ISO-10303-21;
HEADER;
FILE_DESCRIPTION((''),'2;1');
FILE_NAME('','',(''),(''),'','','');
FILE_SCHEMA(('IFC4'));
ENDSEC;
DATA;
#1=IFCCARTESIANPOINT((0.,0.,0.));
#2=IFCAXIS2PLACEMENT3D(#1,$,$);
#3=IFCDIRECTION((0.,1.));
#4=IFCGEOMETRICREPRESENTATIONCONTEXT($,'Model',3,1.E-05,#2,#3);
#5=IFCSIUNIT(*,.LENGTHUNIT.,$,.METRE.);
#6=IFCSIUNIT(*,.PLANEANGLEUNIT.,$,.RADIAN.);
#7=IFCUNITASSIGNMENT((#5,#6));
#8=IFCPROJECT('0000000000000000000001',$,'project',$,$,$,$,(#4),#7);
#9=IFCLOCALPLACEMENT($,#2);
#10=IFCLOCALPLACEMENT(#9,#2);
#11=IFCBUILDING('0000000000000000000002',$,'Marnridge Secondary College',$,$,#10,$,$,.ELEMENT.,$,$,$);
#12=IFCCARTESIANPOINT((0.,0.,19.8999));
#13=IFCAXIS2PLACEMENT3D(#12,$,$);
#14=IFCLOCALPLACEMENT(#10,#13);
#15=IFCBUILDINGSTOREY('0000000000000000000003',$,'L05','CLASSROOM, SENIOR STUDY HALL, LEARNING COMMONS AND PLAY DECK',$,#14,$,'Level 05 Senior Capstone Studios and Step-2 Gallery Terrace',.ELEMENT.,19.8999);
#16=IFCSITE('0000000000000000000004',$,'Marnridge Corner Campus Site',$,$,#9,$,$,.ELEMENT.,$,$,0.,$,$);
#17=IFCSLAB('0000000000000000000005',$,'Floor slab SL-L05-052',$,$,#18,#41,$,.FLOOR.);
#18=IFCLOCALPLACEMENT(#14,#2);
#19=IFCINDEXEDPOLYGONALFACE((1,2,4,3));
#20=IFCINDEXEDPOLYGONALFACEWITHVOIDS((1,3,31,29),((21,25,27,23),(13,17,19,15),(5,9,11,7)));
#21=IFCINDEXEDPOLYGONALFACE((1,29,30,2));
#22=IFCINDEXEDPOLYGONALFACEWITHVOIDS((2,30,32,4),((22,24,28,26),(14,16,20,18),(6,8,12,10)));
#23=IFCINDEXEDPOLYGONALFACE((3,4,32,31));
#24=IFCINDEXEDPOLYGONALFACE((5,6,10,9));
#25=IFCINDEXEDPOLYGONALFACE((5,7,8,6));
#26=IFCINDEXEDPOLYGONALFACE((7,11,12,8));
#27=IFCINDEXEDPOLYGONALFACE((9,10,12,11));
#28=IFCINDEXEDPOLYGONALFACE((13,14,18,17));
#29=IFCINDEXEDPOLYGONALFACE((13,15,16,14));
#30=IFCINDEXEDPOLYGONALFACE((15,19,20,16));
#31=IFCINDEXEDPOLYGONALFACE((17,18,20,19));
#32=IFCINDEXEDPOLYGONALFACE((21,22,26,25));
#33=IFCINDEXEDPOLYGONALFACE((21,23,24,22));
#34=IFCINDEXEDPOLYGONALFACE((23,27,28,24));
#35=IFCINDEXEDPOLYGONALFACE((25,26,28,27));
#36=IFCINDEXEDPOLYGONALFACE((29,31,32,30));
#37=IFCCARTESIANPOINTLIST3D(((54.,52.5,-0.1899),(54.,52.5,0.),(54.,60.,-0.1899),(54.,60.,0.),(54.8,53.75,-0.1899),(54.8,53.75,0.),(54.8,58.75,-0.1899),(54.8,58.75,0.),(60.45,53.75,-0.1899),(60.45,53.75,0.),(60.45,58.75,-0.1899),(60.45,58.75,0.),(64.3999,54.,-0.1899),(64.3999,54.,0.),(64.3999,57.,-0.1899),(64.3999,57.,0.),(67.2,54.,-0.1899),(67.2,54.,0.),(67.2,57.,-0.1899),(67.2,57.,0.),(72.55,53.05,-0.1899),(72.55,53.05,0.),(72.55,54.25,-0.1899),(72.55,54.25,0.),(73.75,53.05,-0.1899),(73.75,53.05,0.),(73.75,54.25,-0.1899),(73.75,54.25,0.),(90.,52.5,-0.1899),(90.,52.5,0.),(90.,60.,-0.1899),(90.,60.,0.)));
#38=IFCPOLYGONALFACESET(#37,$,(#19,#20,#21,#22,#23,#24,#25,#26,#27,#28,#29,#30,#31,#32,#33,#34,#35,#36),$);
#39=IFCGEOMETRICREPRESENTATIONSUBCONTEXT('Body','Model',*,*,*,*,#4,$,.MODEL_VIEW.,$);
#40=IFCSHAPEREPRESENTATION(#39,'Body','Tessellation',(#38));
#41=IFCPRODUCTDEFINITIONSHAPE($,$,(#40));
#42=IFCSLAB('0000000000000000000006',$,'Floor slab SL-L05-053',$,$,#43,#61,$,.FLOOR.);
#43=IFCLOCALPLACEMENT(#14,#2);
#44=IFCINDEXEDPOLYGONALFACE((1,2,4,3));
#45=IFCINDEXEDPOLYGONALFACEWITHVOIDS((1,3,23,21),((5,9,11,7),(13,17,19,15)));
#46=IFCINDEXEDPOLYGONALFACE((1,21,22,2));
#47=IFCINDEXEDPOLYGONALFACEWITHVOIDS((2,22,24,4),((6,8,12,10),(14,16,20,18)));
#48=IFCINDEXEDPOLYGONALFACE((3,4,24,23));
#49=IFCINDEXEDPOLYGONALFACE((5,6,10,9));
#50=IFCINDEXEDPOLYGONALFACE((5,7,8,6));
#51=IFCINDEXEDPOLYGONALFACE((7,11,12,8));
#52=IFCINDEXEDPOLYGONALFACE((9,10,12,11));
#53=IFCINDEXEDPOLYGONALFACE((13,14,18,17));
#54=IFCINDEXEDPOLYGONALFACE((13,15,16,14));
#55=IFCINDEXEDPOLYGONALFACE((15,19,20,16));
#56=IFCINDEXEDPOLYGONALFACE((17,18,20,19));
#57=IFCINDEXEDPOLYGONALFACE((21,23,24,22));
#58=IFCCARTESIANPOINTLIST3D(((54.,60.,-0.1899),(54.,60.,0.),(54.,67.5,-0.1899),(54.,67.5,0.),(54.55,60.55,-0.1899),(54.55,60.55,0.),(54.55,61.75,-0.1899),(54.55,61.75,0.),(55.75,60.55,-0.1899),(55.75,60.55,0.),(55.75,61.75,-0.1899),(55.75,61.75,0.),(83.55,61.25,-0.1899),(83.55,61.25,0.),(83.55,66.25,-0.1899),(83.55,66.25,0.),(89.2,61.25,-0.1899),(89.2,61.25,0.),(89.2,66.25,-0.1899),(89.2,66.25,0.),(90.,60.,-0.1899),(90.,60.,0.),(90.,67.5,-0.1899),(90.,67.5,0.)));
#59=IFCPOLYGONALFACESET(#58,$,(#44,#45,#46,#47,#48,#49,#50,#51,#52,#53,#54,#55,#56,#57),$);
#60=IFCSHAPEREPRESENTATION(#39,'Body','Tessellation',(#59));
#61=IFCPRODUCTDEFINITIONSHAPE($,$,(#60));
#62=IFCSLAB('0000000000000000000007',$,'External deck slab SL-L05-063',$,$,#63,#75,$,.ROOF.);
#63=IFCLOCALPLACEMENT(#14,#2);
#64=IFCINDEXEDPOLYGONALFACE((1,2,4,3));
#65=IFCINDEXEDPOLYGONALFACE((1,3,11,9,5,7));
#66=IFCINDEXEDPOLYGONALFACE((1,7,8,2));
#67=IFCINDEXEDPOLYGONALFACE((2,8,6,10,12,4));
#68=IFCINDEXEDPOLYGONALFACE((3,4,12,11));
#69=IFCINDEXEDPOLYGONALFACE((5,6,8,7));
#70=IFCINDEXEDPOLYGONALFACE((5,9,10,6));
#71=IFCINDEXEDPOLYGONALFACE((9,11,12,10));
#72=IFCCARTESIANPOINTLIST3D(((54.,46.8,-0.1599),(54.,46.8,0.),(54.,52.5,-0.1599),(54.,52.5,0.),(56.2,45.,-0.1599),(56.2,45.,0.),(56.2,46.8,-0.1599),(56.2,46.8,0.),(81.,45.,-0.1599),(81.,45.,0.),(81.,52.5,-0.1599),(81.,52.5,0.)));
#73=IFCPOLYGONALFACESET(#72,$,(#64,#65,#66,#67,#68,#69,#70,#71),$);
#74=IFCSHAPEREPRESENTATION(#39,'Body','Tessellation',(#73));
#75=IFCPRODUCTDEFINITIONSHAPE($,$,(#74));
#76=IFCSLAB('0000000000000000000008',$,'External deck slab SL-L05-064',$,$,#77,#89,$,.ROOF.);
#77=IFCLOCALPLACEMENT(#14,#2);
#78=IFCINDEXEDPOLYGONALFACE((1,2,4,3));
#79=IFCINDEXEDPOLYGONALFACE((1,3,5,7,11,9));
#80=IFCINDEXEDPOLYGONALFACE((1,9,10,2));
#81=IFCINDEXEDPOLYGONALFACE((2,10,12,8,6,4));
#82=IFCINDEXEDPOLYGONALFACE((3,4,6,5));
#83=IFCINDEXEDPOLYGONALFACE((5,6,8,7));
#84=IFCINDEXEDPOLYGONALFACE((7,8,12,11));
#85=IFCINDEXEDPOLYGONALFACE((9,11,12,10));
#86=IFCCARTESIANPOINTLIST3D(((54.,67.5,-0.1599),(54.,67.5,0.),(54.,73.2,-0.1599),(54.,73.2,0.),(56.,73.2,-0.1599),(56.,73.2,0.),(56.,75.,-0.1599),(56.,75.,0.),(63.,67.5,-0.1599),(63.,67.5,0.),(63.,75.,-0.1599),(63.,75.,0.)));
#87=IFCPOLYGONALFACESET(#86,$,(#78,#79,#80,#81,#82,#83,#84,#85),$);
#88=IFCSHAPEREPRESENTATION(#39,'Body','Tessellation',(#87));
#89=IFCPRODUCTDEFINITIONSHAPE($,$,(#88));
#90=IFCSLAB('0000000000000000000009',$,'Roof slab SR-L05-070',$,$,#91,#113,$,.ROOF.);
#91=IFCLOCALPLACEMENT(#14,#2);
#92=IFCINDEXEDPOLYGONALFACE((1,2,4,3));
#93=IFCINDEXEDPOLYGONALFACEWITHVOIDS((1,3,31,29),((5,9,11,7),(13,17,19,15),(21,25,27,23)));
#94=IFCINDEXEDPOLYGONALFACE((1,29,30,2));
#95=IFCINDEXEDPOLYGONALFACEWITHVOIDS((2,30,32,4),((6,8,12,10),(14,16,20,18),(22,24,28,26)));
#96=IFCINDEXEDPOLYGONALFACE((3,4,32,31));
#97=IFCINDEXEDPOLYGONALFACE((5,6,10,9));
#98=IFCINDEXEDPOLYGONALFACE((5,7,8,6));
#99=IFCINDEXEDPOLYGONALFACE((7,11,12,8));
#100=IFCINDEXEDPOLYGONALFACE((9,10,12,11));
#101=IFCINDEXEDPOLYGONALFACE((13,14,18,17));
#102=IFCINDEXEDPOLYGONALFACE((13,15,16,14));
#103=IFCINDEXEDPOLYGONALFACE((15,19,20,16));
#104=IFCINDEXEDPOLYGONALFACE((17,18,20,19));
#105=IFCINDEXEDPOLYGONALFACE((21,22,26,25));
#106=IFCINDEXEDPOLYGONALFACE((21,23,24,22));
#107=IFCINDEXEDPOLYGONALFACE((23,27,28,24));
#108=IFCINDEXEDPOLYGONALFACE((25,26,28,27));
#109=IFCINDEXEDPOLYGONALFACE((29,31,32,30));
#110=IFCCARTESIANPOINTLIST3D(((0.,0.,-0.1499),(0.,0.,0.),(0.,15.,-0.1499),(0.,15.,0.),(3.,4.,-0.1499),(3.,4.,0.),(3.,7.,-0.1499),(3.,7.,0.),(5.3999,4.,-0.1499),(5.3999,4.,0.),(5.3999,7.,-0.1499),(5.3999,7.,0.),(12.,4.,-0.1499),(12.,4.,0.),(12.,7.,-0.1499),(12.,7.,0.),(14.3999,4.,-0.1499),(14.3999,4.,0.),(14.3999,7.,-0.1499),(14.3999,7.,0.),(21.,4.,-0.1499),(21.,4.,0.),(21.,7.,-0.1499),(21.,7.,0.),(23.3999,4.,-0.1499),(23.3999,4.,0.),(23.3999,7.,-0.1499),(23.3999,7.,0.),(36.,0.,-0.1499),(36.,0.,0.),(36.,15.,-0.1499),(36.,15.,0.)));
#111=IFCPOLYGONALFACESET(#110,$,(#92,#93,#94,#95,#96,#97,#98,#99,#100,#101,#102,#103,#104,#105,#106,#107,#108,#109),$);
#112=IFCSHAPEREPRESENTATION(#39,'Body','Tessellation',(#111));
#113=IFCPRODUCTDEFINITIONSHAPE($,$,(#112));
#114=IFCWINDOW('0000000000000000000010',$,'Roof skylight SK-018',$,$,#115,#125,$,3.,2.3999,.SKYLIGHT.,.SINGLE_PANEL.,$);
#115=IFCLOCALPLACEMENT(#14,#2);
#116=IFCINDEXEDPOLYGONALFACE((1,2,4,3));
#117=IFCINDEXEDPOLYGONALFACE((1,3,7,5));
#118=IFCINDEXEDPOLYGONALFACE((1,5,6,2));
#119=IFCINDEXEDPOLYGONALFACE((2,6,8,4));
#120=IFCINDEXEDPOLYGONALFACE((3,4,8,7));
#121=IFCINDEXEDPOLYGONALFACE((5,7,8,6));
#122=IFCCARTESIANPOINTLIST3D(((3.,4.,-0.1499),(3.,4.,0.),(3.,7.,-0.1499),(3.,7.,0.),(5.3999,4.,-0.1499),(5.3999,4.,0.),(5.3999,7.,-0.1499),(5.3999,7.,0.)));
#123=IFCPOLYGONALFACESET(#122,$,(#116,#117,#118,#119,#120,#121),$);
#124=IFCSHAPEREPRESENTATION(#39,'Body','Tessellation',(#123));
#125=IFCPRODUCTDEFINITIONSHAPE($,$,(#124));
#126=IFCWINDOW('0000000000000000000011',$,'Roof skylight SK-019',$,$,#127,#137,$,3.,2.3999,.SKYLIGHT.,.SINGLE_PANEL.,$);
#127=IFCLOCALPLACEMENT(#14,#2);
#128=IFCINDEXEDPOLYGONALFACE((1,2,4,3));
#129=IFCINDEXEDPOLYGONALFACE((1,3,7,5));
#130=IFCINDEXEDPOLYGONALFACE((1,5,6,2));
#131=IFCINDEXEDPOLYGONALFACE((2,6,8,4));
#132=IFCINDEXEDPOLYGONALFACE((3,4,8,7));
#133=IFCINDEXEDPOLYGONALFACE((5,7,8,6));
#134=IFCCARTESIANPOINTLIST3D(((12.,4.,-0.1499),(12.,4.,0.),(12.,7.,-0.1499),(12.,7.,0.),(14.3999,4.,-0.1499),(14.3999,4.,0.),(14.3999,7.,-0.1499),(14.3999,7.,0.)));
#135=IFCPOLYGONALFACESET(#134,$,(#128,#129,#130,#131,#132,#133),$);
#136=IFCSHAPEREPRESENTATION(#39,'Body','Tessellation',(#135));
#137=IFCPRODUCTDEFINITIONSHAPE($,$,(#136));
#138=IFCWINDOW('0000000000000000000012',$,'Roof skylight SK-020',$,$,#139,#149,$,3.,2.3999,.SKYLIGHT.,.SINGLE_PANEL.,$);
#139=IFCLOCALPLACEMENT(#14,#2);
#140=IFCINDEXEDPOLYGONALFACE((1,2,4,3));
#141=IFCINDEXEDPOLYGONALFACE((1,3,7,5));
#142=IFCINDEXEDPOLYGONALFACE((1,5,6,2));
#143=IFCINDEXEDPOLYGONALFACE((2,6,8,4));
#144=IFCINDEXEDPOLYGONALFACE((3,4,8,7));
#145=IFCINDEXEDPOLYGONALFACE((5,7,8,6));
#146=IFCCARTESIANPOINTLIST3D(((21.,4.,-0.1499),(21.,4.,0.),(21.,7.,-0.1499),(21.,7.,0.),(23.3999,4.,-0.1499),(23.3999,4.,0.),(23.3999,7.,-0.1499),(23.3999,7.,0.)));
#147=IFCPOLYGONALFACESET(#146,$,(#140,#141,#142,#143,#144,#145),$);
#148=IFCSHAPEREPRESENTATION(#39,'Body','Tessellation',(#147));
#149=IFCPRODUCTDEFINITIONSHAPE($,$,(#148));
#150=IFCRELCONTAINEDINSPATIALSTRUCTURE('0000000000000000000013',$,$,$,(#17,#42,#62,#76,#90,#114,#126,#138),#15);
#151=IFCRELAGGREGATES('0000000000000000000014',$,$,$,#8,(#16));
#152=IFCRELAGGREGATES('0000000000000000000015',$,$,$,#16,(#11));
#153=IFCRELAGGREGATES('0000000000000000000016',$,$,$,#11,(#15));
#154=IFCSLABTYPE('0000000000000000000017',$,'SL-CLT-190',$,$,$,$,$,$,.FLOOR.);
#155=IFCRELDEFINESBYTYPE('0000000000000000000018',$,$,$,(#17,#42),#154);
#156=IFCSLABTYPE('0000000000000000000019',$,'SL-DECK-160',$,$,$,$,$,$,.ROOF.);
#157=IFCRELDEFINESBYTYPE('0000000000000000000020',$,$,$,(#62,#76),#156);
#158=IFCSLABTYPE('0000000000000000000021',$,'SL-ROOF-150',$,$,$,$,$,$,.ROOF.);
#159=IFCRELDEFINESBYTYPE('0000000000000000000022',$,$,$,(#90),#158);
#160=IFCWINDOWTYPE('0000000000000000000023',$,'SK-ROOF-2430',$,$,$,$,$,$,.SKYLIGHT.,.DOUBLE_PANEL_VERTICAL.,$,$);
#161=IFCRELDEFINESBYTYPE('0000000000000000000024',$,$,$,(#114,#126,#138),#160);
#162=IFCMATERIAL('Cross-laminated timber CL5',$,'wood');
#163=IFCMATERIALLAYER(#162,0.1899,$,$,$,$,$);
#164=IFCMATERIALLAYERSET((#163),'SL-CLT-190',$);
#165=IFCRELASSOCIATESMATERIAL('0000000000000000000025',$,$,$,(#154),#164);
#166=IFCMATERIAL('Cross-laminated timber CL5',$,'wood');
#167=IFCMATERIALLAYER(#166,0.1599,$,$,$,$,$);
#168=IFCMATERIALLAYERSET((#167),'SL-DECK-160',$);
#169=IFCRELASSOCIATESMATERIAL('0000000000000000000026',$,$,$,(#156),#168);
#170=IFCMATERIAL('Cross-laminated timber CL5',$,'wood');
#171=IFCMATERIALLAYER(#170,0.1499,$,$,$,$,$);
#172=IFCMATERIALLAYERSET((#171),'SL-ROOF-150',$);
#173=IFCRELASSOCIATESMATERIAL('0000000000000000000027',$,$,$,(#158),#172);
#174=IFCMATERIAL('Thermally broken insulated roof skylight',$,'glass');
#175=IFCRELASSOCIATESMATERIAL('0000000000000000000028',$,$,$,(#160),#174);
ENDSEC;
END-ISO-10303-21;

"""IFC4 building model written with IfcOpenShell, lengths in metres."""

from ifc_helpers import new_model, si_unit, direction, frame, origin, origin_2d, place, context, subcontext, project, spatial, polyline, rectangle, outline, extrude, material, layer, layer_set, type_object, element, fill, save


model = new_model("IFC4")

# Units and contexts
model_context = context("Model", 3, precision=1e-05, world=origin(), true_north=direction((0.0, 1.0)))
body_context = subcontext(model_context, "Body", "Model", "MODEL_VIEW")
ifc_project = project(units=[si_unit("LENGTHUNIT", "METRE"), si_unit("PLANEANGLEUNIT", "RADIAN")], contexts=[model_context])

# Site, building, storey
site_placement = place(None, origin())
site = spatial("IfcSite", under=ifc_project, at=site_placement, Name="Marnridge Corner Campus Site", CompositionType="ELEMENT", RefElevation=0.0)
building_placement = place(site_placement, origin())
building = spatial("IfcBuilding", under=site, at=building_placement, Name="Marnridge Secondary College", CompositionType="ELEMENT")
storey_placement = place(building_placement, frame((0.0, 0.0, 19.8999)))
storey = spatial("IfcBuildingStorey", under=building, at=storey_placement, Name="L05", Description="CLASSROOM, SENIOR STUDY HALL, LEARNING COMMONS AND PLAY DECK", LongName="Level 05 Senior Capstone Studios and Step-2 Gallery Terrace", CompositionType="ELEMENT", Elevation=19.8999)

# Slabs
ifc_material_1 = material(Name="Cross-laminated timber CL5", Category="wood")
ifc_layer_1 = layer(ifc_material_1, 0.1899)
ifc_layer_set_1 = layer_set([ifc_layer_1], Name="SL-CLT-190")
slab_type_1 = type_object("IfcSlabType", Name="SL-CLT-190", PredefinedType="FLOOR", material=ifc_layer_set_1)
slab_1_placement = place(storey_placement, frame((0.0, 0.0, -0.1899)))
element("IfcSlab", 1, at=slab_1_placement, inside=storey, type_object=slab_type_1, Name="Floor slab SL-L05-052", PredefinedType="FLOOR", context=body_context, shape_type="SweptSolid", body=[
    extrude(outline(polyline([(54.0, 60.0), (90.0, 60.0), (90.0, 52.5), (54.0, 52.5), (54.0, 60.0)]), holes=[polyline([(54.8, 53.75), (60.45, 53.75), (60.45, 58.75), (54.8, 58.75), (54.8, 53.75)]), polyline([(64.3999, 54.0), (67.2, 54.0), (67.2, 57.0), (64.3999, 57.0), (64.3999, 54.0)]), polyline([(72.55, 53.05), (73.75, 53.05), (73.75, 54.25), (72.55, 54.25), (72.55, 53.05)])]), origin(), (0.0, 0.0, 1.0), 0.1899),
])
slab_2_placement = place(storey_placement, frame((0.0, 0.0, -0.1899)))
element("IfcSlab", 2, at=slab_2_placement, inside=storey, type_object=slab_type_1, Name="Floor slab SL-L05-053", PredefinedType="FLOOR", context=body_context, shape_type="SweptSolid", body=[
    extrude(outline(polyline([(54.0, 67.5), (90.0, 67.5), (90.0, 60.0), (54.0, 60.0), (54.0, 67.5)]), holes=[polyline([(83.55, 61.25), (89.2, 61.25), (89.2, 66.25), (83.55, 66.25), (83.55, 61.25)]), polyline([(54.55, 60.55), (55.75, 60.55), (55.75, 61.75), (54.55, 61.75), (54.55, 60.55)])]), origin(), (0.0, 0.0, 1.0), 0.1899),
])
ifc_material_2 = material(Name="Cross-laminated timber CL5", Category="wood")
ifc_layer_2 = layer(ifc_material_2, 0.1599)
ifc_layer_set_2 = layer_set([ifc_layer_2], Name="SL-DECK-160")
slab_type_2 = type_object("IfcSlabType", Name="SL-DECK-160", PredefinedType="ROOF", material=ifc_layer_set_2)
slab_3_placement = place(storey_placement, frame((0.0, 0.0, -0.1599)))
element("IfcSlab", 3, at=slab_3_placement, inside=storey, type_object=slab_type_2, Name="External deck slab SL-L05-063", PredefinedType="ROOF", context=body_context, shape_type="SweptSolid", body=[
    extrude(outline(polyline([(54.0, 46.8), (56.2, 46.8), (56.2, 45.0), (81.0, 45.0), (81.0, 52.5), (54.0, 52.5), (54.0, 46.8)])), origin(), (0.0, 0.0, 1.0), 0.1599),
])
slab_4_placement = place(storey_placement, frame((0.0, 0.0, -0.1599)))
element("IfcSlab", 4, at=slab_4_placement, inside=storey, type_object=slab_type_2, Name="External deck slab SL-L05-064", PredefinedType="ROOF", context=body_context, shape_type="SweptSolid", body=[
    extrude(outline(polyline([(54.0, 67.5), (63.0, 67.5), (63.0, 75.0), (56.0, 75.0), (56.0, 73.2), (54.0, 73.2), (54.0, 67.5)])), origin(), (0.0, 0.0, 1.0), 0.1599),
])

# Slab, openings, windows
ifc_material_3 = material(Name="Cross-laminated timber CL5", Category="wood")
ifc_layer_3 = layer(ifc_material_3, 0.1499)
ifc_layer_set_3 = layer_set([ifc_layer_3], Name="SL-ROOF-150")
slab_type_3 = type_object("IfcSlabType", Name="SL-ROOF-150", PredefinedType="ROOF", material=ifc_layer_set_3)
slab_5_placement = place(storey_placement, frame((0.0, 0.0, -0.1499)))
slab_5 = element("IfcSlab", 5, at=slab_5_placement, inside=storey, type_object=slab_type_3, Name="Roof slab SR-L05-070", PredefinedType="ROOF", context=body_context, shape_type="SweptSolid", body=[
    extrude(outline(polyline([(0.0, 0.0), (36.0, 0.0), (36.0, 15.0), (0.0, 15.0), (0.0, 0.0)]), holes=[polyline([(3.0, 4.0), (5.3999, 4.0), (5.3999, 7.0), (3.0, 7.0), (3.0, 4.0)]), polyline([(12.0, 4.0), (14.3999, 4.0), (14.3999, 7.0), (12.0, 7.0), (12.0, 4.0)]), polyline([(21.0, 4.0), (23.3999, 4.0), (23.3999, 7.0), (21.0, 7.0), (21.0, 4.0)])]), origin(), (0.0, 0.0, 1.0), 0.1499),
])
opening_1_placement = place(slab_5_placement, frame((4.2, 5.5, 0.0)))
opening_1 = element("IfcOpeningElement", 6, at=opening_1_placement, cuts=slab_5, PredefinedType="OPENING", context=body_context, shape_type="SweptSolid", body=[
    extrude(rectangle(XDim=2.3999, YDim=3.0, at=origin_2d()), frame((0.0, 0.0, -0.01)), (0.0, 0.0, 1.0), 0.1699),
])
opening_2_placement = place(slab_5_placement, frame((13.2, 5.5, 0.0)))
opening_2 = element("IfcOpeningElement", 7, at=opening_2_placement, cuts=slab_5, PredefinedType="OPENING", context=body_context, shape_type="SweptSolid", body=[
    extrude(rectangle(XDim=2.3999, YDim=3.0, at=origin_2d()), frame((0.0, 0.0, -0.01)), (0.0, 0.0, 1.0), 0.1699),
])
opening_3_placement = place(slab_5_placement, frame((22.2, 5.5, 0.0)))
opening_3 = element("IfcOpeningElement", 8, at=opening_3_placement, cuts=slab_5, PredefinedType="OPENING", context=body_context, shape_type="SweptSolid", body=[
    extrude(rectangle(XDim=2.3999, YDim=3.0, at=origin_2d()), frame((0.0, 0.0, -0.01)), (0.0, 0.0, 1.0), 0.1699),
])
ifc_material_4 = material(Name="Thermally broken insulated roof skylight", Category="glass")
window_type_1 = type_object("IfcWindowType", Name="SK-ROOF-2430", PartitioningType="DOUBLE_PANEL_VERTICAL", PredefinedType="SKYLIGHT", material=ifc_material_4)
window_1_placement = place(opening_1_placement, origin())
window_1 = element("IfcWindow", 9, at=window_1_placement, inside=storey, type_object=window_type_1, Name="Roof skylight SK-018", OverallHeight=3.0, OverallWidth=2.3999, PartitioningType="SINGLE_PANEL", PredefinedType="SKYLIGHT", context=body_context, shape_type="SweptSolid", body=[
    extrude(rectangle(XDim=2.3999, YDim=3.0, at=origin_2d()), origin(), (0.0, 0.0, 1.0), 0.1499),
])
fill(opening_1, window_1)
window_2_placement = place(opening_2_placement, origin())
window_2 = element("IfcWindow", 10, at=window_2_placement, inside=storey, type_object=window_type_1, Name="Roof skylight SK-019", OverallHeight=3.0, OverallWidth=2.3999, PartitioningType="SINGLE_PANEL", PredefinedType="SKYLIGHT", context=body_context, shape_type="SweptSolid", body=[
    extrude(rectangle(XDim=2.3999, YDim=3.0, at=origin_2d()), origin(), (0.0, 0.0, 1.0), 0.1499),
])
fill(opening_2, window_2)
window_3_placement = place(opening_3_placement, origin())
window_3 = element("IfcWindow", 11, at=window_3_placement, inside=storey, type_object=window_type_1, Name="Roof skylight SK-020", OverallHeight=3.0, OverallWidth=2.3999, PartitioningType="SINGLE_PANEL", PredefinedType="SKYLIGHT", context=body_context, shape_type="SweptSolid", body=[
    extrude(rectangle(XDim=2.3999, YDim=3.0, at=origin_2d()), origin(), (0.0, 0.0, 1.0), 0.1499),
])
fill(opening_3, window_3)

save(model, "model.ifc")
